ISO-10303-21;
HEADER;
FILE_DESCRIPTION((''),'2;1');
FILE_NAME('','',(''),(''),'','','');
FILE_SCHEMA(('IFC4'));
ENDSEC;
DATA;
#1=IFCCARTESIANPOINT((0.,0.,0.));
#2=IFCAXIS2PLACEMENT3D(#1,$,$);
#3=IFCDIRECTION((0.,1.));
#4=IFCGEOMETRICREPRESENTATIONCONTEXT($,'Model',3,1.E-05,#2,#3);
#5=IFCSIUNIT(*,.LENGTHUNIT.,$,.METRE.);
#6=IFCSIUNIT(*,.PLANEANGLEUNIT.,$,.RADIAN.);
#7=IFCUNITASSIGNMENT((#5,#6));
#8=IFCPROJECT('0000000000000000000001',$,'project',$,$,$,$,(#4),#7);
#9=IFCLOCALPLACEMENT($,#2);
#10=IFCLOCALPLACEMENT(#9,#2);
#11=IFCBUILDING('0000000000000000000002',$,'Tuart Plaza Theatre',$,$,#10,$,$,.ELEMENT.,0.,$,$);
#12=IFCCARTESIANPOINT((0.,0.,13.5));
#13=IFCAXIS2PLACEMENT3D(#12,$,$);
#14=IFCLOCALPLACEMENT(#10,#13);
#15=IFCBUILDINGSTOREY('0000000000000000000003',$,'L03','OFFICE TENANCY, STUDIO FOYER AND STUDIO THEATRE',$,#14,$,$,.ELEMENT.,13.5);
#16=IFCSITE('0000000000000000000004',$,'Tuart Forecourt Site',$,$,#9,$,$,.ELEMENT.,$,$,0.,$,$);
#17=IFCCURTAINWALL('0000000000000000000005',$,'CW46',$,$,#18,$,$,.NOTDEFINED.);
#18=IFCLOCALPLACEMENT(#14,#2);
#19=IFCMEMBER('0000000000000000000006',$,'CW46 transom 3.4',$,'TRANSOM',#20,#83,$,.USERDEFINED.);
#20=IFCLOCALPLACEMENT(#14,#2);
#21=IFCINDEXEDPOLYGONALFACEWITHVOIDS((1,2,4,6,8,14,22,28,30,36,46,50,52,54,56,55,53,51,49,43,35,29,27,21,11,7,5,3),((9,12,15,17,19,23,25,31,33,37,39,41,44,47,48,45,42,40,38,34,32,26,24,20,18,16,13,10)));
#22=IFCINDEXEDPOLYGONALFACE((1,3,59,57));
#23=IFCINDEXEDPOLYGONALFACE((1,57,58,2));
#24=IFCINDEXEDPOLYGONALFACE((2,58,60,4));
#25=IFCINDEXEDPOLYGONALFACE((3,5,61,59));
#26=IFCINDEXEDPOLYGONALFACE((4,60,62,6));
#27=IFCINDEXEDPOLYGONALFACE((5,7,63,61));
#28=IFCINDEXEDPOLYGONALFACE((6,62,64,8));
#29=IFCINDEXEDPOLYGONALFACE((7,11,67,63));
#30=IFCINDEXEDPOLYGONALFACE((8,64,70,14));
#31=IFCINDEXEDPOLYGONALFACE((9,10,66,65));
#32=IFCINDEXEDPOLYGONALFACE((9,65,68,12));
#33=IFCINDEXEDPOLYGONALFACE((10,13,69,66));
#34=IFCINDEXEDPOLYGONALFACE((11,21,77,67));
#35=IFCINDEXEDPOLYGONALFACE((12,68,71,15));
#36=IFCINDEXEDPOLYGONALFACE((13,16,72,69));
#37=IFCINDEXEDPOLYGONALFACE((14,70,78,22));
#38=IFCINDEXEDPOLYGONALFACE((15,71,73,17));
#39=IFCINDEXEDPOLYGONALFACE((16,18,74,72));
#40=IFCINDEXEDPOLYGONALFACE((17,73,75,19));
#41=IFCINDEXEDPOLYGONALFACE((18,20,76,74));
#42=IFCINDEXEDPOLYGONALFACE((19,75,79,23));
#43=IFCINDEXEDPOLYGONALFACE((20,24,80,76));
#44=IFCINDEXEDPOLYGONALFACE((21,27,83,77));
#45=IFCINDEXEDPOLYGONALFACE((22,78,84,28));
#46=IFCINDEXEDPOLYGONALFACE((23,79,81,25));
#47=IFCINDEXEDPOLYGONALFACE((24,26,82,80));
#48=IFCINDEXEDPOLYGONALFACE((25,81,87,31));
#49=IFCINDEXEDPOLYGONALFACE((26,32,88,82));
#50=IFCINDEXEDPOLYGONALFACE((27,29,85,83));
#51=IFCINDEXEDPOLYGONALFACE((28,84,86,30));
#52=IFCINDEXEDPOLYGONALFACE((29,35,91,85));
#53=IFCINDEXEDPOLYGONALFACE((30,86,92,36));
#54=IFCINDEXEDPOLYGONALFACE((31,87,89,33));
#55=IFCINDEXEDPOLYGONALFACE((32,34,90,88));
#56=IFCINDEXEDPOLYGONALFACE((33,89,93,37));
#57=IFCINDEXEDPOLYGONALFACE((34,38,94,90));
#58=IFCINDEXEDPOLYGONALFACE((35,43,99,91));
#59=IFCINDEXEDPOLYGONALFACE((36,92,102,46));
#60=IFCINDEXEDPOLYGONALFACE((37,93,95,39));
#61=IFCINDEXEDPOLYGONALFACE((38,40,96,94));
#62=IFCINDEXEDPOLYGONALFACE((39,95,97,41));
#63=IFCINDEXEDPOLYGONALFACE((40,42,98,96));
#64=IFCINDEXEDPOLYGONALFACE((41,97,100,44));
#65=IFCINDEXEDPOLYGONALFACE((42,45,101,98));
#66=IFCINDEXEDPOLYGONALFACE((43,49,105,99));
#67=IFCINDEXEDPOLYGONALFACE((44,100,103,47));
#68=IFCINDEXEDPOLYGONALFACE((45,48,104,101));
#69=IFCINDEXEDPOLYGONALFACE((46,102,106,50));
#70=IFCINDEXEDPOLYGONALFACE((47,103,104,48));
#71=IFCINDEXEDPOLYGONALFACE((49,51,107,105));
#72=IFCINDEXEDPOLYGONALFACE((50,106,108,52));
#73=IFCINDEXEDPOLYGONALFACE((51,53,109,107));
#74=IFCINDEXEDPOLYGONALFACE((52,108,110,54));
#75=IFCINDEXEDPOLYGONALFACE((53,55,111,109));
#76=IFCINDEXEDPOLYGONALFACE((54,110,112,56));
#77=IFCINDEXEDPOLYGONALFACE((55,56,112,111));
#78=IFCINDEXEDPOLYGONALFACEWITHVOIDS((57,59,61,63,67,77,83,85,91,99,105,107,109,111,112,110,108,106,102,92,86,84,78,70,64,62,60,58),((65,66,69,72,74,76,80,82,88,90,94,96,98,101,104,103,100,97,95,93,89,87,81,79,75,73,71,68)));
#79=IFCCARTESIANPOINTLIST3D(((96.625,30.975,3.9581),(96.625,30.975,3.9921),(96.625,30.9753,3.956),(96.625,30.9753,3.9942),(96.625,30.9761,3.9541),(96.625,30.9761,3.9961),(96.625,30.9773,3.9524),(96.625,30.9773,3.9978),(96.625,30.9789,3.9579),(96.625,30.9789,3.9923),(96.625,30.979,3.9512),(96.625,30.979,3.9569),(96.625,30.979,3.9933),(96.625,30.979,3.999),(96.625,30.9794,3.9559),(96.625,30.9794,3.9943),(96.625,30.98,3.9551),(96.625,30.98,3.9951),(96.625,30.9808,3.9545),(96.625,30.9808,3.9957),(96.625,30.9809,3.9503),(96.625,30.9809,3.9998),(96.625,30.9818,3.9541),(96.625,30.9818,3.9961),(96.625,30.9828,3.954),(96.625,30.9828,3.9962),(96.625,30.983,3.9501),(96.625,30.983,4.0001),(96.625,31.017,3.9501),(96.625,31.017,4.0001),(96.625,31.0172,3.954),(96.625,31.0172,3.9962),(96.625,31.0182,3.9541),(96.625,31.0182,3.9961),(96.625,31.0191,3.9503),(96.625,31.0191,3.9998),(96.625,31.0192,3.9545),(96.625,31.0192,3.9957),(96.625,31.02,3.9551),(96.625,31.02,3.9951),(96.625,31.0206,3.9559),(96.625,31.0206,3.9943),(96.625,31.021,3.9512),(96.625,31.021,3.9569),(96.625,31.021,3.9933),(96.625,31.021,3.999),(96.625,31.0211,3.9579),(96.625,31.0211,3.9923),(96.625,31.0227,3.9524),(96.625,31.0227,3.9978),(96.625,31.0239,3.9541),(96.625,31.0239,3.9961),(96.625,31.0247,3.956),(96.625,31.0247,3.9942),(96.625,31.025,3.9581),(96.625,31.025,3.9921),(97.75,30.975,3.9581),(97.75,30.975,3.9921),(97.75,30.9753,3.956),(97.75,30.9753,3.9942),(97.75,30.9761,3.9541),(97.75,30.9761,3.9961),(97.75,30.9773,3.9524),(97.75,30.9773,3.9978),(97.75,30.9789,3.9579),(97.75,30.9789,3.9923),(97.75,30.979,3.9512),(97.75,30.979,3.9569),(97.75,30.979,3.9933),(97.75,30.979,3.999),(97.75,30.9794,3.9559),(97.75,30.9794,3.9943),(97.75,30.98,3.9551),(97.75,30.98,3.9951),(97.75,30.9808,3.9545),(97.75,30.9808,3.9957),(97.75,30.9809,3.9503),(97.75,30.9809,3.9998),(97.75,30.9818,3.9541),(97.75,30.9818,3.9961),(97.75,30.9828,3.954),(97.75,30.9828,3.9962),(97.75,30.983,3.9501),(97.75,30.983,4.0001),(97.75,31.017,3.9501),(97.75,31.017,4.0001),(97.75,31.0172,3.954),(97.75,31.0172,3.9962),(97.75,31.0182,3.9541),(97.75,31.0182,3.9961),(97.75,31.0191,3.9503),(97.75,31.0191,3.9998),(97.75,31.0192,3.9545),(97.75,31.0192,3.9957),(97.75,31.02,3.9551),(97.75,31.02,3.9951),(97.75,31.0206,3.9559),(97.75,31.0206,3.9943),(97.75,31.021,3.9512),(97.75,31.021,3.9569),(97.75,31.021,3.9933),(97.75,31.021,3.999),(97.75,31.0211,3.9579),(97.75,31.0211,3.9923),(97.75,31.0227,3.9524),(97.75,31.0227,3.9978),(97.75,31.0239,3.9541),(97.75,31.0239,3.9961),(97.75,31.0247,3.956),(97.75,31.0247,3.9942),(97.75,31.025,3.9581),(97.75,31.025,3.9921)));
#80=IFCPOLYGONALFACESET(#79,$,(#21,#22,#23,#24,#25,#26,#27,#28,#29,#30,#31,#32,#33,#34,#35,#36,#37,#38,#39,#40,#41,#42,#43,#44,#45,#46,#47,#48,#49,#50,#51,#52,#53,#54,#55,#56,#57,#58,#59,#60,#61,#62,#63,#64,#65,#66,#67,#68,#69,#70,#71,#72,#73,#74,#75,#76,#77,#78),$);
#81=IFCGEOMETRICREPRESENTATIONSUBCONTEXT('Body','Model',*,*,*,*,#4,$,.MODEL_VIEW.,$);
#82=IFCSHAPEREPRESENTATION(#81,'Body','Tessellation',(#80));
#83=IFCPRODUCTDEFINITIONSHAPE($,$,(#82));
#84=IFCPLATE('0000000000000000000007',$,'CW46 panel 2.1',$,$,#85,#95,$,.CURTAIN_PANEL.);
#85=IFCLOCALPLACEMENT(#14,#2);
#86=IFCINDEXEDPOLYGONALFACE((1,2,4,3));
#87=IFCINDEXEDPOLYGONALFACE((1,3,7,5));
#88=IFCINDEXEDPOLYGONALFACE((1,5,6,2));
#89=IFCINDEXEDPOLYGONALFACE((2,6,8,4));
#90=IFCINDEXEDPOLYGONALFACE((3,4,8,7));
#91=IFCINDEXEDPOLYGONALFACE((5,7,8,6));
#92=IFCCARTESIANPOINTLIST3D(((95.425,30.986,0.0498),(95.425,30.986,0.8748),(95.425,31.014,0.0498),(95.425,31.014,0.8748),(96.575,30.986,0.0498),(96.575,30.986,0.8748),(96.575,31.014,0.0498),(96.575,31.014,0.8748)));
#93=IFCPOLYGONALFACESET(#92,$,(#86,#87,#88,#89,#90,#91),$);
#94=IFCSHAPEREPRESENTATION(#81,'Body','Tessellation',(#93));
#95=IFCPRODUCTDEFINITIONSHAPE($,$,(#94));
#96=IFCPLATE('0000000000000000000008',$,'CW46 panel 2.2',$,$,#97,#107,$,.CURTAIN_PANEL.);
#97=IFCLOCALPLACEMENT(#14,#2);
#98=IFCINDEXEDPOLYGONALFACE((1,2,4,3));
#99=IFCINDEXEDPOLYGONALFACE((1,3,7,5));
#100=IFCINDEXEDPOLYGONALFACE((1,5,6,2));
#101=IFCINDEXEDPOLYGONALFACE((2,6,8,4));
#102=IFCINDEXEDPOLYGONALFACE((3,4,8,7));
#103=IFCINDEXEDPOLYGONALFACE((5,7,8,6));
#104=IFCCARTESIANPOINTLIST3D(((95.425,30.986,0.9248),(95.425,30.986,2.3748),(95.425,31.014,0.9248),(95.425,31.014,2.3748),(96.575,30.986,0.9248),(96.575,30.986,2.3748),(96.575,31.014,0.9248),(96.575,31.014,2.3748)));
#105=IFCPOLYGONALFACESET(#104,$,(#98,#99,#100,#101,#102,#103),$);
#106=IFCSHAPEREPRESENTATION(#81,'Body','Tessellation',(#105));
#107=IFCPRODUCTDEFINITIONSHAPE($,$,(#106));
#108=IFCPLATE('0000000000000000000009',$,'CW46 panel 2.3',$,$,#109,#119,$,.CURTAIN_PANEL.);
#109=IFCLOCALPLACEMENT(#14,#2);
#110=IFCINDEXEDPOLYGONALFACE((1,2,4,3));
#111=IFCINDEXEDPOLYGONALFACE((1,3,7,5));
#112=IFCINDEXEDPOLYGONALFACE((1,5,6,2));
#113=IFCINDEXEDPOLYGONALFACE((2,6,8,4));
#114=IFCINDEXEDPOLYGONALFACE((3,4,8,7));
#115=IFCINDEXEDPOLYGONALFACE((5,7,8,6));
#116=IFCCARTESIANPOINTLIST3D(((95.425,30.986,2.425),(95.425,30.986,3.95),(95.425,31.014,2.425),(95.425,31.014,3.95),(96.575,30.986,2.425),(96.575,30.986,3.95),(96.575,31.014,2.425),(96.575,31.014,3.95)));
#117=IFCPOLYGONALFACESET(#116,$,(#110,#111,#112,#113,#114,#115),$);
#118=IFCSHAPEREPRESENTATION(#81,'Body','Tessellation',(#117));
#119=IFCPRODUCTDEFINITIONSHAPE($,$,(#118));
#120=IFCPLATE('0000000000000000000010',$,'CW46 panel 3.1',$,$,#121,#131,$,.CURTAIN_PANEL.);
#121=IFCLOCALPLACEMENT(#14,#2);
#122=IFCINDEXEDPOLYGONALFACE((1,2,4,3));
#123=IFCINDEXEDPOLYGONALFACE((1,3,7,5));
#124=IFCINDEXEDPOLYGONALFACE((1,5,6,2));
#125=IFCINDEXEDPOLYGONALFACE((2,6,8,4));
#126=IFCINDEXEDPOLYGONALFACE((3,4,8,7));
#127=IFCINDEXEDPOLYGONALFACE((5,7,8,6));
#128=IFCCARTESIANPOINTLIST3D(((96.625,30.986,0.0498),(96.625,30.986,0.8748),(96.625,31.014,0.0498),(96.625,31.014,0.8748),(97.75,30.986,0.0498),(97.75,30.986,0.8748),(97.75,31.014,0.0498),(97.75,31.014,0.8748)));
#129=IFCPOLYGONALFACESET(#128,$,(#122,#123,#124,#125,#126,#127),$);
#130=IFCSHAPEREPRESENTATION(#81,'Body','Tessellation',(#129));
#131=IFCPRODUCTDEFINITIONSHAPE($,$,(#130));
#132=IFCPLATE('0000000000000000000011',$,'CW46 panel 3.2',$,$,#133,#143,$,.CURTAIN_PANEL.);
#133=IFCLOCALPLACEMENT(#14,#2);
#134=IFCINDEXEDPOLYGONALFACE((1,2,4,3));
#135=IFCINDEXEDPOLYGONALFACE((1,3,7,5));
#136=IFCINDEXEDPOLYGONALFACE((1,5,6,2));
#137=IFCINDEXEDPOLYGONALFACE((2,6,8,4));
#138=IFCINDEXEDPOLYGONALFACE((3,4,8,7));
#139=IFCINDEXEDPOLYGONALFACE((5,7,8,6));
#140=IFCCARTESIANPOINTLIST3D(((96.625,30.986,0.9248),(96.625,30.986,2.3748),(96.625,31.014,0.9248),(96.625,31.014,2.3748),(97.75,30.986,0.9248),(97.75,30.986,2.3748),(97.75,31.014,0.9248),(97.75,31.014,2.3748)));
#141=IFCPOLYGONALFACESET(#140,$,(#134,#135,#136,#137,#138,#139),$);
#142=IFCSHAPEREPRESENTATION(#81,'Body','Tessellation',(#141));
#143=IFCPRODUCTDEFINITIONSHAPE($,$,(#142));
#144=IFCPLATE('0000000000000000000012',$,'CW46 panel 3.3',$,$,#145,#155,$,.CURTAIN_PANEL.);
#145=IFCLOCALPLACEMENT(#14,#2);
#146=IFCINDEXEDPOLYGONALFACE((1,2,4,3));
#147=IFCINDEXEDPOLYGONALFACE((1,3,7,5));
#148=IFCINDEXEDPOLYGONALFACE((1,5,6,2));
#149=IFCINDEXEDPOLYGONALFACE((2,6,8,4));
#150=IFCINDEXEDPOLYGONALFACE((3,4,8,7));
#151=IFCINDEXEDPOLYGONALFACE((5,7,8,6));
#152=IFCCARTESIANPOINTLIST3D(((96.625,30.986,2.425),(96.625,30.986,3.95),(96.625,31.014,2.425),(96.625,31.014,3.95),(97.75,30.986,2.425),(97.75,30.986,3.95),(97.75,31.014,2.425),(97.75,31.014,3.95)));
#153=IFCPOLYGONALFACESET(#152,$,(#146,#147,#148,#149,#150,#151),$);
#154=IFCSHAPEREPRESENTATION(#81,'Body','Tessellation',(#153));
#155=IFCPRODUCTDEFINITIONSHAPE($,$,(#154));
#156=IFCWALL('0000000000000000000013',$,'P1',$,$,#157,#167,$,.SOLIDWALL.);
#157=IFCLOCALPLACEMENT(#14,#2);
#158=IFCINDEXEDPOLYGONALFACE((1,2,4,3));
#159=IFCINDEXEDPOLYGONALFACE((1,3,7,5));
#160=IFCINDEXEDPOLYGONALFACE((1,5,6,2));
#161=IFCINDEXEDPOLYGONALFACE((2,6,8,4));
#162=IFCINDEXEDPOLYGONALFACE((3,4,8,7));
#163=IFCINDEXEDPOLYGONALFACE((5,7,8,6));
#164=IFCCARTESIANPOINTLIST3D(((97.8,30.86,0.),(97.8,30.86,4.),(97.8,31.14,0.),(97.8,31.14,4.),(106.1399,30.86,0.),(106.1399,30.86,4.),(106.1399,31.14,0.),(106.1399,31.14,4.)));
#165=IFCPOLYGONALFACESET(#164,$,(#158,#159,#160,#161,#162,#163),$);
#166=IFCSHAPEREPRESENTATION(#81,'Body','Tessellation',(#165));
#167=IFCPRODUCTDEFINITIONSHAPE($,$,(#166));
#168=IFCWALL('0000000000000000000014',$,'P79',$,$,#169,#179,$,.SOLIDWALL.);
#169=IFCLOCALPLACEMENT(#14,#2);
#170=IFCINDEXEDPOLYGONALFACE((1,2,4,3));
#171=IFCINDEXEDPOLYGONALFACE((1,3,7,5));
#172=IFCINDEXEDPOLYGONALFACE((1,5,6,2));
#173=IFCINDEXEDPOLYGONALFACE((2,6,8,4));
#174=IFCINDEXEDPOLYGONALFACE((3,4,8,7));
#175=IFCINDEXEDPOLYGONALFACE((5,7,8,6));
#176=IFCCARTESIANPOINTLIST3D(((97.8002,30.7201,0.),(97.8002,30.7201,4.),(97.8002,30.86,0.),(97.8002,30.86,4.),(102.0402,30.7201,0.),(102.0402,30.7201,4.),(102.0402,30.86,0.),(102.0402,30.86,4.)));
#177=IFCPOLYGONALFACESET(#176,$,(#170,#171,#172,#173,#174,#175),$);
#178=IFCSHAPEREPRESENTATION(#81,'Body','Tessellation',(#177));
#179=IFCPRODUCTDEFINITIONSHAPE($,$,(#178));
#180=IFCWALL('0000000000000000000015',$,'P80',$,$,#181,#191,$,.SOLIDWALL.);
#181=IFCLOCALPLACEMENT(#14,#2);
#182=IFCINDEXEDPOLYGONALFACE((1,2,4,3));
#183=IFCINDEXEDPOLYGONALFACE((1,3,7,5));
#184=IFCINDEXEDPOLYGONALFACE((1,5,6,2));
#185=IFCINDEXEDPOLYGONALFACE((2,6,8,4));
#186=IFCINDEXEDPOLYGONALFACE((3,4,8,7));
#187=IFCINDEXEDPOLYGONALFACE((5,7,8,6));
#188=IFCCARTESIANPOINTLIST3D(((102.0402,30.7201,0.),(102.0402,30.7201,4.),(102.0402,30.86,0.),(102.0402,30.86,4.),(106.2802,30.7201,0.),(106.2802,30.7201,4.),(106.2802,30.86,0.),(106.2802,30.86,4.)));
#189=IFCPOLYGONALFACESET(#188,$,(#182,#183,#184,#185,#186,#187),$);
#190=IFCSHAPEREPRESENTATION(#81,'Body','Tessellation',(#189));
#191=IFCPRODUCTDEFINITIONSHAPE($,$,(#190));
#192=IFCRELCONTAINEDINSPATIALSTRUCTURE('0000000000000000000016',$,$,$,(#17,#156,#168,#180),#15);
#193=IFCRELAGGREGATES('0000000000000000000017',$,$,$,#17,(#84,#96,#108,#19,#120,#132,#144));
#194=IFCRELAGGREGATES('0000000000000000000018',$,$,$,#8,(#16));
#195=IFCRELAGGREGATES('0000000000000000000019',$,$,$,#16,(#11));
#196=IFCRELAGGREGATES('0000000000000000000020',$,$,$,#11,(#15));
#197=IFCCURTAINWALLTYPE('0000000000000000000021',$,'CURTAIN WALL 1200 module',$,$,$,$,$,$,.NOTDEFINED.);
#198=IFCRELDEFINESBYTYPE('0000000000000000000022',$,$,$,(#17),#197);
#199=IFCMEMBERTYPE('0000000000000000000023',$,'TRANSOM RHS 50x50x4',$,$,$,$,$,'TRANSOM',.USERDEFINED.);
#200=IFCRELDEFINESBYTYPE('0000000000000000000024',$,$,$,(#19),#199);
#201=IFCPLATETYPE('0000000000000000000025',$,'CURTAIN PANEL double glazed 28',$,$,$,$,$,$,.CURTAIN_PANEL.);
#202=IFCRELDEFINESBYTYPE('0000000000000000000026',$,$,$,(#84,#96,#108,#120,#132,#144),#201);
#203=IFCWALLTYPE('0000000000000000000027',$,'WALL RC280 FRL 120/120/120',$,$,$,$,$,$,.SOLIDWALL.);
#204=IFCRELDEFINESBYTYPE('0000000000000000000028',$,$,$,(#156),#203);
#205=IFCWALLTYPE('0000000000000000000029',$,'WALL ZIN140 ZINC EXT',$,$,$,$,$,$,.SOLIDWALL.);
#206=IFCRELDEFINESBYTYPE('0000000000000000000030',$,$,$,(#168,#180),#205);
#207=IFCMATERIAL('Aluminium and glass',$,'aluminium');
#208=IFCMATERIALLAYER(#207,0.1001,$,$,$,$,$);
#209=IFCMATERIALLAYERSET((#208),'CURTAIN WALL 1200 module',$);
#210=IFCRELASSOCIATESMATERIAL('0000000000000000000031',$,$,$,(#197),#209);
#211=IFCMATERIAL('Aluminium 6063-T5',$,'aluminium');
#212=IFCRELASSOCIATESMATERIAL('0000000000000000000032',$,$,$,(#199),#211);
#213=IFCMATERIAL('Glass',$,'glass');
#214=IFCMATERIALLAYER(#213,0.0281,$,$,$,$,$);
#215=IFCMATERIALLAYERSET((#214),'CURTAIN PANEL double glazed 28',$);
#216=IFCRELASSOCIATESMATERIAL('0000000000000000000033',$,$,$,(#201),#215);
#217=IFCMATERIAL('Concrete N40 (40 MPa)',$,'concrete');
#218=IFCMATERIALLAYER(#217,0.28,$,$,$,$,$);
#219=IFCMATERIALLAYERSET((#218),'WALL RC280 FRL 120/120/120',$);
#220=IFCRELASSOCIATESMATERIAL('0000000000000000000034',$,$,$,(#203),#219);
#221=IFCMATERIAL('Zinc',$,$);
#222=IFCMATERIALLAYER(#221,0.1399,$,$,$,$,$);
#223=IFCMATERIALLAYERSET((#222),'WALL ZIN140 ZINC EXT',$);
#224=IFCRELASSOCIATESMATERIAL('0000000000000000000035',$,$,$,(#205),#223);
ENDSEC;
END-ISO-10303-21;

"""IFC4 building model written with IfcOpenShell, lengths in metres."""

from ifc_helpers import new_model, si_unit, direction, frame, frame_2d, origin, origin_2d, place, context, subcontext, project, spatial, rectangle, hollow_rectangle, extrude, material, layer, layer_set, material_profile, profile_set, type_object, element, aggregate, save


model = new_model("IFC4")

# Units and contexts
model_context = context("Model", 3, precision=1e-05, world=origin(), true_north=direction((0.0, 1.0)))
body_context = subcontext(model_context, "Body", "Model", "MODEL_VIEW")
ifc_project = project(units=[si_unit("LENGTHUNIT", "METRE"), si_unit("PLANEANGLEUNIT", "RADIAN")], contexts=[model_context])

# Site, building, storey
site_placement = place(None, origin())
site = spatial("IfcSite", under=ifc_project, at=site_placement, Name="Tuart Forecourt Site", CompositionType="ELEMENT", RefElevation=0.0)
building_placement = place(site_placement, origin())
building = spatial("IfcBuilding", under=site, at=building_placement, Name="Tuart Plaza Theatre", CompositionType="ELEMENT", ElevationOfRefHeight=0.0)
storey_placement = place(building_placement, frame((0.0, 0.0, 13.5)))
storey = spatial("IfcBuildingStorey", under=building, at=storey_placement, Name="L03", Description="OFFICE TENANCY, STUDIO FOYER AND STUDIO THEATRE", CompositionType="ELEMENT", Elevation=13.5)

# Curtain wall, member, plates
ifc_material_1 = material(Name="Aluminium and glass", Category="aluminium")
ifc_layer_1 = layer(ifc_material_1, 0.1001)
ifc_layer_set_1 = layer_set([ifc_layer_1], Name="CURTAIN WALL 1200 module")
curtain_wall_type = type_object("IfcCurtainWallType", Name="CURTAIN WALL 1200 module", PredefinedType="NOTDEFINED", material=ifc_layer_set_1)
curtain_wall_placement = place(storey_placement, origin())
curtain_wall = element("IfcCurtainWall", 1, at=curtain_wall_placement, inside=storey, type_object=curtain_wall_type, Name="CW46", PredefinedType="NOTDEFINED")
ifc_material_2 = material(Name="Aluminium 6063-T5", Category="aluminium")
ifc_material_profile_1 = material_profile(ifc_material_2, hollow_rectangle(XDim=0.05, YDim=0.05, WallThickness=0.0039, InnerFilletRadius=0.0039, OuterFilletRadius=0.0081, at=origin_2d()), Name="RHS 50x50x4")
ifc_profile_set_1 = profile_set([ifc_material_profile_1], Name="Aluminium 6063-T5")
member_type_1 = type_object("IfcMemberType", Name="TRANSOM RHS 50x50x4", ElementType="TRANSOM", PredefinedType="USERDEFINED", material=ifc_profile_set_1)
member_1_placement = place(storey_placement, frame((96.625, 31.0, 3.9751), z_axis=(1.0, 0.0, 0.0), x_axis=(0.0, 1.0, 0.0)))
member_1 = element("IfcMember", 2, at=member_1_placement, type_object=member_type_1, Name="CW46 transom 3.4", ObjectType="TRANSOM", PredefinedType="USERDEFINED", context=body_context, shape_type="SweptSolid", body=[
    extrude(hollow_rectangle(XDim=0.05, YDim=0.05, WallThickness=0.0039, InnerFilletRadius=0.0039, OuterFilletRadius=0.0081, at=origin_2d()), origin(), (0.0, 0.0, 1.0), 1.125),
])
ifc_material_3 = material(Name="Glass", Category="glass")
ifc_layer_2 = layer(ifc_material_3, 0.0281)
ifc_layer_set_2 = layer_set([ifc_layer_2], Name="CURTAIN PANEL double glazed 28")
plate_type = type_object("IfcPlateType", Name="CURTAIN PANEL double glazed 28", PredefinedType="CURTAIN_PANEL", material=ifc_layer_set_2)
plate_1_placement = place(storey_placement, frame((96.0, 31.0, 0.0498), z_axis=(0.0, 0.0, 1.0), x_axis=(1.0, 0.0, 0.0)))
plate_1 = element("IfcPlate", 3, at=plate_1_placement, type_object=plate_type, Name="CW46 panel 2.1", PredefinedType="CURTAIN_PANEL", context=body_context, shape_type="SweptSolid", body=[
    extrude(rectangle(XDim=1.1499, YDim=0.0281, at=origin_2d()), origin(), (0.0, 0.0, 1.0), 0.825),
])
plate_2_placement = place(storey_placement, frame((96.0, 31.0, 0.9248), z_axis=(0.0, 0.0, 1.0), x_axis=(1.0, 0.0, 0.0)))
plate_2 = element("IfcPlate", 4, at=plate_2_placement, type_object=plate_type, Name="CW46 panel 2.2", PredefinedType="CURTAIN_PANEL", context=body_context, shape_type="SweptSolid", body=[
    extrude(rectangle(XDim=1.1499, YDim=0.0281, at=origin_2d()), origin(), (0.0, 0.0, 1.0), 1.45),
])
plate_3_placement = place(storey_placement, frame((96.0, 31.0, 2.425), z_axis=(0.0, 0.0, 1.0), x_axis=(1.0, 0.0, 0.0)))
plate_3 = element("IfcPlate", 5, at=plate_3_placement, type_object=plate_type, Name="CW46 panel 2.3", PredefinedType="CURTAIN_PANEL", context=body_context, shape_type="SweptSolid", body=[
    extrude(rectangle(XDim=1.1499, YDim=0.0281, at=origin_2d()), origin(), (0.0, 0.0, 1.0), 1.5249),
])
plate_4_placement = place(storey_placement, frame((97.1875, 31.0, 0.0498), z_axis=(0.0, 0.0, 1.0), x_axis=(1.0, 0.0, 0.0)))
plate_4 = element("IfcPlate", 6, at=plate_4_placement, type_object=plate_type, Name="CW46 panel 3.1", PredefinedType="CURTAIN_PANEL", context=body_context, shape_type="SweptSolid", body=[
    extrude(rectangle(XDim=1.125, YDim=0.0281, at=origin_2d()), origin(), (0.0, 0.0, 1.0), 0.825),
])
plate_5_placement = place(storey_placement, frame((97.1875, 31.0, 0.9248), z_axis=(0.0, 0.0, 1.0), x_axis=(1.0, 0.0, 0.0)))
plate_5 = element("IfcPlate", 7, at=plate_5_placement, type_object=plate_type, Name="CW46 panel 3.2", PredefinedType="CURTAIN_PANEL", context=body_context, shape_type="SweptSolid", body=[
    extrude(rectangle(XDim=1.125, YDim=0.0281, at=origin_2d()), origin(), (0.0, 0.0, 1.0), 1.45),
])
plate_6_placement = place(storey_placement, frame((97.1875, 31.0, 2.425), z_axis=(0.0, 0.0, 1.0), x_axis=(1.0, 0.0, 0.0)))
plate_6 = element("IfcPlate", 8, at=plate_6_placement, type_object=plate_type, Name="CW46 panel 3.3", PredefinedType="CURTAIN_PANEL", context=body_context, shape_type="SweptSolid", body=[
    extrude(rectangle(XDim=1.125, YDim=0.0281, at=origin_2d()), origin(), (0.0, 0.0, 1.0), 1.5249),
])
aggregate(curtain_wall, [plate_1, plate_2, plate_3, member_1, plate_4, plate_5, plate_6])

# Walls
ifc_material_4 = material(Name="Concrete N40 (40 MPa)", Category="concrete")
ifc_layer_3 = layer(ifc_material_4, 0.28)
ifc_layer_set_3 = layer_set([ifc_layer_3], Name="WALL RC280 FRL 120/120/120")
wall_type_1 = type_object("IfcWallType", Name="WALL RC280 FRL 120/120/120", PredefinedType="SOLIDWALL", material=ifc_layer_set_3)
wall_placement = place(storey_placement, frame((97.8, 31.0, 0.0), z_axis=(0.0, 0.0, 1.0), x_axis=(1.0, 0.0, 0.0)))
element("IfcWall", 9, at=wall_placement, inside=storey, type_object=wall_type_1, Name="P1", PredefinedType="SOLIDWALL", context=body_context, shape_type="SweptSolid", body=[
    extrude(rectangle(XDim=8.3398, YDim=0.28, at=frame_2d((4.1699, 0.0))), origin(), (0.0, 0.0, 1.0), 4.0),
])
ifc_material_5 = material(Name="Zinc")
ifc_layer_4 = layer(ifc_material_5, 0.1399)
ifc_layer_set_4 = layer_set([ifc_layer_4], Name="WALL ZIN140 ZINC EXT")
wall_type_2 = type_object("IfcWallType", Name="WALL ZIN140 ZINC EXT", PredefinedType="SOLIDWALL", material=ifc_layer_set_4)
for number, where, z_axis, x_axis, name in (
    (10, (97.8, 30.79, 0.0), (0.0, 0.0, 1.0), (1.0, 0.0, 0.0), "P79"),
    (11, (102.04, 30.79, 0.0), (0.0, 0.0, 1.0), (1.0, 0.0, 0.0), "P80"),
):
    element("IfcWall", number, at=place(storey_placement, frame(where, z_axis=z_axis, x_axis=x_axis)), inside=storey, type_object=wall_type_2, Name=name, PredefinedType="SOLIDWALL", context=body_context, shape_type="SweptSolid", body=[
        extrude(rectangle(XDim=4.24, YDim=0.1399, at=frame_2d((2.1201, 0.0))), origin(), (0.0, 0.0, 1.0), 4.0),
    ])

save(model, "model.ifc")
